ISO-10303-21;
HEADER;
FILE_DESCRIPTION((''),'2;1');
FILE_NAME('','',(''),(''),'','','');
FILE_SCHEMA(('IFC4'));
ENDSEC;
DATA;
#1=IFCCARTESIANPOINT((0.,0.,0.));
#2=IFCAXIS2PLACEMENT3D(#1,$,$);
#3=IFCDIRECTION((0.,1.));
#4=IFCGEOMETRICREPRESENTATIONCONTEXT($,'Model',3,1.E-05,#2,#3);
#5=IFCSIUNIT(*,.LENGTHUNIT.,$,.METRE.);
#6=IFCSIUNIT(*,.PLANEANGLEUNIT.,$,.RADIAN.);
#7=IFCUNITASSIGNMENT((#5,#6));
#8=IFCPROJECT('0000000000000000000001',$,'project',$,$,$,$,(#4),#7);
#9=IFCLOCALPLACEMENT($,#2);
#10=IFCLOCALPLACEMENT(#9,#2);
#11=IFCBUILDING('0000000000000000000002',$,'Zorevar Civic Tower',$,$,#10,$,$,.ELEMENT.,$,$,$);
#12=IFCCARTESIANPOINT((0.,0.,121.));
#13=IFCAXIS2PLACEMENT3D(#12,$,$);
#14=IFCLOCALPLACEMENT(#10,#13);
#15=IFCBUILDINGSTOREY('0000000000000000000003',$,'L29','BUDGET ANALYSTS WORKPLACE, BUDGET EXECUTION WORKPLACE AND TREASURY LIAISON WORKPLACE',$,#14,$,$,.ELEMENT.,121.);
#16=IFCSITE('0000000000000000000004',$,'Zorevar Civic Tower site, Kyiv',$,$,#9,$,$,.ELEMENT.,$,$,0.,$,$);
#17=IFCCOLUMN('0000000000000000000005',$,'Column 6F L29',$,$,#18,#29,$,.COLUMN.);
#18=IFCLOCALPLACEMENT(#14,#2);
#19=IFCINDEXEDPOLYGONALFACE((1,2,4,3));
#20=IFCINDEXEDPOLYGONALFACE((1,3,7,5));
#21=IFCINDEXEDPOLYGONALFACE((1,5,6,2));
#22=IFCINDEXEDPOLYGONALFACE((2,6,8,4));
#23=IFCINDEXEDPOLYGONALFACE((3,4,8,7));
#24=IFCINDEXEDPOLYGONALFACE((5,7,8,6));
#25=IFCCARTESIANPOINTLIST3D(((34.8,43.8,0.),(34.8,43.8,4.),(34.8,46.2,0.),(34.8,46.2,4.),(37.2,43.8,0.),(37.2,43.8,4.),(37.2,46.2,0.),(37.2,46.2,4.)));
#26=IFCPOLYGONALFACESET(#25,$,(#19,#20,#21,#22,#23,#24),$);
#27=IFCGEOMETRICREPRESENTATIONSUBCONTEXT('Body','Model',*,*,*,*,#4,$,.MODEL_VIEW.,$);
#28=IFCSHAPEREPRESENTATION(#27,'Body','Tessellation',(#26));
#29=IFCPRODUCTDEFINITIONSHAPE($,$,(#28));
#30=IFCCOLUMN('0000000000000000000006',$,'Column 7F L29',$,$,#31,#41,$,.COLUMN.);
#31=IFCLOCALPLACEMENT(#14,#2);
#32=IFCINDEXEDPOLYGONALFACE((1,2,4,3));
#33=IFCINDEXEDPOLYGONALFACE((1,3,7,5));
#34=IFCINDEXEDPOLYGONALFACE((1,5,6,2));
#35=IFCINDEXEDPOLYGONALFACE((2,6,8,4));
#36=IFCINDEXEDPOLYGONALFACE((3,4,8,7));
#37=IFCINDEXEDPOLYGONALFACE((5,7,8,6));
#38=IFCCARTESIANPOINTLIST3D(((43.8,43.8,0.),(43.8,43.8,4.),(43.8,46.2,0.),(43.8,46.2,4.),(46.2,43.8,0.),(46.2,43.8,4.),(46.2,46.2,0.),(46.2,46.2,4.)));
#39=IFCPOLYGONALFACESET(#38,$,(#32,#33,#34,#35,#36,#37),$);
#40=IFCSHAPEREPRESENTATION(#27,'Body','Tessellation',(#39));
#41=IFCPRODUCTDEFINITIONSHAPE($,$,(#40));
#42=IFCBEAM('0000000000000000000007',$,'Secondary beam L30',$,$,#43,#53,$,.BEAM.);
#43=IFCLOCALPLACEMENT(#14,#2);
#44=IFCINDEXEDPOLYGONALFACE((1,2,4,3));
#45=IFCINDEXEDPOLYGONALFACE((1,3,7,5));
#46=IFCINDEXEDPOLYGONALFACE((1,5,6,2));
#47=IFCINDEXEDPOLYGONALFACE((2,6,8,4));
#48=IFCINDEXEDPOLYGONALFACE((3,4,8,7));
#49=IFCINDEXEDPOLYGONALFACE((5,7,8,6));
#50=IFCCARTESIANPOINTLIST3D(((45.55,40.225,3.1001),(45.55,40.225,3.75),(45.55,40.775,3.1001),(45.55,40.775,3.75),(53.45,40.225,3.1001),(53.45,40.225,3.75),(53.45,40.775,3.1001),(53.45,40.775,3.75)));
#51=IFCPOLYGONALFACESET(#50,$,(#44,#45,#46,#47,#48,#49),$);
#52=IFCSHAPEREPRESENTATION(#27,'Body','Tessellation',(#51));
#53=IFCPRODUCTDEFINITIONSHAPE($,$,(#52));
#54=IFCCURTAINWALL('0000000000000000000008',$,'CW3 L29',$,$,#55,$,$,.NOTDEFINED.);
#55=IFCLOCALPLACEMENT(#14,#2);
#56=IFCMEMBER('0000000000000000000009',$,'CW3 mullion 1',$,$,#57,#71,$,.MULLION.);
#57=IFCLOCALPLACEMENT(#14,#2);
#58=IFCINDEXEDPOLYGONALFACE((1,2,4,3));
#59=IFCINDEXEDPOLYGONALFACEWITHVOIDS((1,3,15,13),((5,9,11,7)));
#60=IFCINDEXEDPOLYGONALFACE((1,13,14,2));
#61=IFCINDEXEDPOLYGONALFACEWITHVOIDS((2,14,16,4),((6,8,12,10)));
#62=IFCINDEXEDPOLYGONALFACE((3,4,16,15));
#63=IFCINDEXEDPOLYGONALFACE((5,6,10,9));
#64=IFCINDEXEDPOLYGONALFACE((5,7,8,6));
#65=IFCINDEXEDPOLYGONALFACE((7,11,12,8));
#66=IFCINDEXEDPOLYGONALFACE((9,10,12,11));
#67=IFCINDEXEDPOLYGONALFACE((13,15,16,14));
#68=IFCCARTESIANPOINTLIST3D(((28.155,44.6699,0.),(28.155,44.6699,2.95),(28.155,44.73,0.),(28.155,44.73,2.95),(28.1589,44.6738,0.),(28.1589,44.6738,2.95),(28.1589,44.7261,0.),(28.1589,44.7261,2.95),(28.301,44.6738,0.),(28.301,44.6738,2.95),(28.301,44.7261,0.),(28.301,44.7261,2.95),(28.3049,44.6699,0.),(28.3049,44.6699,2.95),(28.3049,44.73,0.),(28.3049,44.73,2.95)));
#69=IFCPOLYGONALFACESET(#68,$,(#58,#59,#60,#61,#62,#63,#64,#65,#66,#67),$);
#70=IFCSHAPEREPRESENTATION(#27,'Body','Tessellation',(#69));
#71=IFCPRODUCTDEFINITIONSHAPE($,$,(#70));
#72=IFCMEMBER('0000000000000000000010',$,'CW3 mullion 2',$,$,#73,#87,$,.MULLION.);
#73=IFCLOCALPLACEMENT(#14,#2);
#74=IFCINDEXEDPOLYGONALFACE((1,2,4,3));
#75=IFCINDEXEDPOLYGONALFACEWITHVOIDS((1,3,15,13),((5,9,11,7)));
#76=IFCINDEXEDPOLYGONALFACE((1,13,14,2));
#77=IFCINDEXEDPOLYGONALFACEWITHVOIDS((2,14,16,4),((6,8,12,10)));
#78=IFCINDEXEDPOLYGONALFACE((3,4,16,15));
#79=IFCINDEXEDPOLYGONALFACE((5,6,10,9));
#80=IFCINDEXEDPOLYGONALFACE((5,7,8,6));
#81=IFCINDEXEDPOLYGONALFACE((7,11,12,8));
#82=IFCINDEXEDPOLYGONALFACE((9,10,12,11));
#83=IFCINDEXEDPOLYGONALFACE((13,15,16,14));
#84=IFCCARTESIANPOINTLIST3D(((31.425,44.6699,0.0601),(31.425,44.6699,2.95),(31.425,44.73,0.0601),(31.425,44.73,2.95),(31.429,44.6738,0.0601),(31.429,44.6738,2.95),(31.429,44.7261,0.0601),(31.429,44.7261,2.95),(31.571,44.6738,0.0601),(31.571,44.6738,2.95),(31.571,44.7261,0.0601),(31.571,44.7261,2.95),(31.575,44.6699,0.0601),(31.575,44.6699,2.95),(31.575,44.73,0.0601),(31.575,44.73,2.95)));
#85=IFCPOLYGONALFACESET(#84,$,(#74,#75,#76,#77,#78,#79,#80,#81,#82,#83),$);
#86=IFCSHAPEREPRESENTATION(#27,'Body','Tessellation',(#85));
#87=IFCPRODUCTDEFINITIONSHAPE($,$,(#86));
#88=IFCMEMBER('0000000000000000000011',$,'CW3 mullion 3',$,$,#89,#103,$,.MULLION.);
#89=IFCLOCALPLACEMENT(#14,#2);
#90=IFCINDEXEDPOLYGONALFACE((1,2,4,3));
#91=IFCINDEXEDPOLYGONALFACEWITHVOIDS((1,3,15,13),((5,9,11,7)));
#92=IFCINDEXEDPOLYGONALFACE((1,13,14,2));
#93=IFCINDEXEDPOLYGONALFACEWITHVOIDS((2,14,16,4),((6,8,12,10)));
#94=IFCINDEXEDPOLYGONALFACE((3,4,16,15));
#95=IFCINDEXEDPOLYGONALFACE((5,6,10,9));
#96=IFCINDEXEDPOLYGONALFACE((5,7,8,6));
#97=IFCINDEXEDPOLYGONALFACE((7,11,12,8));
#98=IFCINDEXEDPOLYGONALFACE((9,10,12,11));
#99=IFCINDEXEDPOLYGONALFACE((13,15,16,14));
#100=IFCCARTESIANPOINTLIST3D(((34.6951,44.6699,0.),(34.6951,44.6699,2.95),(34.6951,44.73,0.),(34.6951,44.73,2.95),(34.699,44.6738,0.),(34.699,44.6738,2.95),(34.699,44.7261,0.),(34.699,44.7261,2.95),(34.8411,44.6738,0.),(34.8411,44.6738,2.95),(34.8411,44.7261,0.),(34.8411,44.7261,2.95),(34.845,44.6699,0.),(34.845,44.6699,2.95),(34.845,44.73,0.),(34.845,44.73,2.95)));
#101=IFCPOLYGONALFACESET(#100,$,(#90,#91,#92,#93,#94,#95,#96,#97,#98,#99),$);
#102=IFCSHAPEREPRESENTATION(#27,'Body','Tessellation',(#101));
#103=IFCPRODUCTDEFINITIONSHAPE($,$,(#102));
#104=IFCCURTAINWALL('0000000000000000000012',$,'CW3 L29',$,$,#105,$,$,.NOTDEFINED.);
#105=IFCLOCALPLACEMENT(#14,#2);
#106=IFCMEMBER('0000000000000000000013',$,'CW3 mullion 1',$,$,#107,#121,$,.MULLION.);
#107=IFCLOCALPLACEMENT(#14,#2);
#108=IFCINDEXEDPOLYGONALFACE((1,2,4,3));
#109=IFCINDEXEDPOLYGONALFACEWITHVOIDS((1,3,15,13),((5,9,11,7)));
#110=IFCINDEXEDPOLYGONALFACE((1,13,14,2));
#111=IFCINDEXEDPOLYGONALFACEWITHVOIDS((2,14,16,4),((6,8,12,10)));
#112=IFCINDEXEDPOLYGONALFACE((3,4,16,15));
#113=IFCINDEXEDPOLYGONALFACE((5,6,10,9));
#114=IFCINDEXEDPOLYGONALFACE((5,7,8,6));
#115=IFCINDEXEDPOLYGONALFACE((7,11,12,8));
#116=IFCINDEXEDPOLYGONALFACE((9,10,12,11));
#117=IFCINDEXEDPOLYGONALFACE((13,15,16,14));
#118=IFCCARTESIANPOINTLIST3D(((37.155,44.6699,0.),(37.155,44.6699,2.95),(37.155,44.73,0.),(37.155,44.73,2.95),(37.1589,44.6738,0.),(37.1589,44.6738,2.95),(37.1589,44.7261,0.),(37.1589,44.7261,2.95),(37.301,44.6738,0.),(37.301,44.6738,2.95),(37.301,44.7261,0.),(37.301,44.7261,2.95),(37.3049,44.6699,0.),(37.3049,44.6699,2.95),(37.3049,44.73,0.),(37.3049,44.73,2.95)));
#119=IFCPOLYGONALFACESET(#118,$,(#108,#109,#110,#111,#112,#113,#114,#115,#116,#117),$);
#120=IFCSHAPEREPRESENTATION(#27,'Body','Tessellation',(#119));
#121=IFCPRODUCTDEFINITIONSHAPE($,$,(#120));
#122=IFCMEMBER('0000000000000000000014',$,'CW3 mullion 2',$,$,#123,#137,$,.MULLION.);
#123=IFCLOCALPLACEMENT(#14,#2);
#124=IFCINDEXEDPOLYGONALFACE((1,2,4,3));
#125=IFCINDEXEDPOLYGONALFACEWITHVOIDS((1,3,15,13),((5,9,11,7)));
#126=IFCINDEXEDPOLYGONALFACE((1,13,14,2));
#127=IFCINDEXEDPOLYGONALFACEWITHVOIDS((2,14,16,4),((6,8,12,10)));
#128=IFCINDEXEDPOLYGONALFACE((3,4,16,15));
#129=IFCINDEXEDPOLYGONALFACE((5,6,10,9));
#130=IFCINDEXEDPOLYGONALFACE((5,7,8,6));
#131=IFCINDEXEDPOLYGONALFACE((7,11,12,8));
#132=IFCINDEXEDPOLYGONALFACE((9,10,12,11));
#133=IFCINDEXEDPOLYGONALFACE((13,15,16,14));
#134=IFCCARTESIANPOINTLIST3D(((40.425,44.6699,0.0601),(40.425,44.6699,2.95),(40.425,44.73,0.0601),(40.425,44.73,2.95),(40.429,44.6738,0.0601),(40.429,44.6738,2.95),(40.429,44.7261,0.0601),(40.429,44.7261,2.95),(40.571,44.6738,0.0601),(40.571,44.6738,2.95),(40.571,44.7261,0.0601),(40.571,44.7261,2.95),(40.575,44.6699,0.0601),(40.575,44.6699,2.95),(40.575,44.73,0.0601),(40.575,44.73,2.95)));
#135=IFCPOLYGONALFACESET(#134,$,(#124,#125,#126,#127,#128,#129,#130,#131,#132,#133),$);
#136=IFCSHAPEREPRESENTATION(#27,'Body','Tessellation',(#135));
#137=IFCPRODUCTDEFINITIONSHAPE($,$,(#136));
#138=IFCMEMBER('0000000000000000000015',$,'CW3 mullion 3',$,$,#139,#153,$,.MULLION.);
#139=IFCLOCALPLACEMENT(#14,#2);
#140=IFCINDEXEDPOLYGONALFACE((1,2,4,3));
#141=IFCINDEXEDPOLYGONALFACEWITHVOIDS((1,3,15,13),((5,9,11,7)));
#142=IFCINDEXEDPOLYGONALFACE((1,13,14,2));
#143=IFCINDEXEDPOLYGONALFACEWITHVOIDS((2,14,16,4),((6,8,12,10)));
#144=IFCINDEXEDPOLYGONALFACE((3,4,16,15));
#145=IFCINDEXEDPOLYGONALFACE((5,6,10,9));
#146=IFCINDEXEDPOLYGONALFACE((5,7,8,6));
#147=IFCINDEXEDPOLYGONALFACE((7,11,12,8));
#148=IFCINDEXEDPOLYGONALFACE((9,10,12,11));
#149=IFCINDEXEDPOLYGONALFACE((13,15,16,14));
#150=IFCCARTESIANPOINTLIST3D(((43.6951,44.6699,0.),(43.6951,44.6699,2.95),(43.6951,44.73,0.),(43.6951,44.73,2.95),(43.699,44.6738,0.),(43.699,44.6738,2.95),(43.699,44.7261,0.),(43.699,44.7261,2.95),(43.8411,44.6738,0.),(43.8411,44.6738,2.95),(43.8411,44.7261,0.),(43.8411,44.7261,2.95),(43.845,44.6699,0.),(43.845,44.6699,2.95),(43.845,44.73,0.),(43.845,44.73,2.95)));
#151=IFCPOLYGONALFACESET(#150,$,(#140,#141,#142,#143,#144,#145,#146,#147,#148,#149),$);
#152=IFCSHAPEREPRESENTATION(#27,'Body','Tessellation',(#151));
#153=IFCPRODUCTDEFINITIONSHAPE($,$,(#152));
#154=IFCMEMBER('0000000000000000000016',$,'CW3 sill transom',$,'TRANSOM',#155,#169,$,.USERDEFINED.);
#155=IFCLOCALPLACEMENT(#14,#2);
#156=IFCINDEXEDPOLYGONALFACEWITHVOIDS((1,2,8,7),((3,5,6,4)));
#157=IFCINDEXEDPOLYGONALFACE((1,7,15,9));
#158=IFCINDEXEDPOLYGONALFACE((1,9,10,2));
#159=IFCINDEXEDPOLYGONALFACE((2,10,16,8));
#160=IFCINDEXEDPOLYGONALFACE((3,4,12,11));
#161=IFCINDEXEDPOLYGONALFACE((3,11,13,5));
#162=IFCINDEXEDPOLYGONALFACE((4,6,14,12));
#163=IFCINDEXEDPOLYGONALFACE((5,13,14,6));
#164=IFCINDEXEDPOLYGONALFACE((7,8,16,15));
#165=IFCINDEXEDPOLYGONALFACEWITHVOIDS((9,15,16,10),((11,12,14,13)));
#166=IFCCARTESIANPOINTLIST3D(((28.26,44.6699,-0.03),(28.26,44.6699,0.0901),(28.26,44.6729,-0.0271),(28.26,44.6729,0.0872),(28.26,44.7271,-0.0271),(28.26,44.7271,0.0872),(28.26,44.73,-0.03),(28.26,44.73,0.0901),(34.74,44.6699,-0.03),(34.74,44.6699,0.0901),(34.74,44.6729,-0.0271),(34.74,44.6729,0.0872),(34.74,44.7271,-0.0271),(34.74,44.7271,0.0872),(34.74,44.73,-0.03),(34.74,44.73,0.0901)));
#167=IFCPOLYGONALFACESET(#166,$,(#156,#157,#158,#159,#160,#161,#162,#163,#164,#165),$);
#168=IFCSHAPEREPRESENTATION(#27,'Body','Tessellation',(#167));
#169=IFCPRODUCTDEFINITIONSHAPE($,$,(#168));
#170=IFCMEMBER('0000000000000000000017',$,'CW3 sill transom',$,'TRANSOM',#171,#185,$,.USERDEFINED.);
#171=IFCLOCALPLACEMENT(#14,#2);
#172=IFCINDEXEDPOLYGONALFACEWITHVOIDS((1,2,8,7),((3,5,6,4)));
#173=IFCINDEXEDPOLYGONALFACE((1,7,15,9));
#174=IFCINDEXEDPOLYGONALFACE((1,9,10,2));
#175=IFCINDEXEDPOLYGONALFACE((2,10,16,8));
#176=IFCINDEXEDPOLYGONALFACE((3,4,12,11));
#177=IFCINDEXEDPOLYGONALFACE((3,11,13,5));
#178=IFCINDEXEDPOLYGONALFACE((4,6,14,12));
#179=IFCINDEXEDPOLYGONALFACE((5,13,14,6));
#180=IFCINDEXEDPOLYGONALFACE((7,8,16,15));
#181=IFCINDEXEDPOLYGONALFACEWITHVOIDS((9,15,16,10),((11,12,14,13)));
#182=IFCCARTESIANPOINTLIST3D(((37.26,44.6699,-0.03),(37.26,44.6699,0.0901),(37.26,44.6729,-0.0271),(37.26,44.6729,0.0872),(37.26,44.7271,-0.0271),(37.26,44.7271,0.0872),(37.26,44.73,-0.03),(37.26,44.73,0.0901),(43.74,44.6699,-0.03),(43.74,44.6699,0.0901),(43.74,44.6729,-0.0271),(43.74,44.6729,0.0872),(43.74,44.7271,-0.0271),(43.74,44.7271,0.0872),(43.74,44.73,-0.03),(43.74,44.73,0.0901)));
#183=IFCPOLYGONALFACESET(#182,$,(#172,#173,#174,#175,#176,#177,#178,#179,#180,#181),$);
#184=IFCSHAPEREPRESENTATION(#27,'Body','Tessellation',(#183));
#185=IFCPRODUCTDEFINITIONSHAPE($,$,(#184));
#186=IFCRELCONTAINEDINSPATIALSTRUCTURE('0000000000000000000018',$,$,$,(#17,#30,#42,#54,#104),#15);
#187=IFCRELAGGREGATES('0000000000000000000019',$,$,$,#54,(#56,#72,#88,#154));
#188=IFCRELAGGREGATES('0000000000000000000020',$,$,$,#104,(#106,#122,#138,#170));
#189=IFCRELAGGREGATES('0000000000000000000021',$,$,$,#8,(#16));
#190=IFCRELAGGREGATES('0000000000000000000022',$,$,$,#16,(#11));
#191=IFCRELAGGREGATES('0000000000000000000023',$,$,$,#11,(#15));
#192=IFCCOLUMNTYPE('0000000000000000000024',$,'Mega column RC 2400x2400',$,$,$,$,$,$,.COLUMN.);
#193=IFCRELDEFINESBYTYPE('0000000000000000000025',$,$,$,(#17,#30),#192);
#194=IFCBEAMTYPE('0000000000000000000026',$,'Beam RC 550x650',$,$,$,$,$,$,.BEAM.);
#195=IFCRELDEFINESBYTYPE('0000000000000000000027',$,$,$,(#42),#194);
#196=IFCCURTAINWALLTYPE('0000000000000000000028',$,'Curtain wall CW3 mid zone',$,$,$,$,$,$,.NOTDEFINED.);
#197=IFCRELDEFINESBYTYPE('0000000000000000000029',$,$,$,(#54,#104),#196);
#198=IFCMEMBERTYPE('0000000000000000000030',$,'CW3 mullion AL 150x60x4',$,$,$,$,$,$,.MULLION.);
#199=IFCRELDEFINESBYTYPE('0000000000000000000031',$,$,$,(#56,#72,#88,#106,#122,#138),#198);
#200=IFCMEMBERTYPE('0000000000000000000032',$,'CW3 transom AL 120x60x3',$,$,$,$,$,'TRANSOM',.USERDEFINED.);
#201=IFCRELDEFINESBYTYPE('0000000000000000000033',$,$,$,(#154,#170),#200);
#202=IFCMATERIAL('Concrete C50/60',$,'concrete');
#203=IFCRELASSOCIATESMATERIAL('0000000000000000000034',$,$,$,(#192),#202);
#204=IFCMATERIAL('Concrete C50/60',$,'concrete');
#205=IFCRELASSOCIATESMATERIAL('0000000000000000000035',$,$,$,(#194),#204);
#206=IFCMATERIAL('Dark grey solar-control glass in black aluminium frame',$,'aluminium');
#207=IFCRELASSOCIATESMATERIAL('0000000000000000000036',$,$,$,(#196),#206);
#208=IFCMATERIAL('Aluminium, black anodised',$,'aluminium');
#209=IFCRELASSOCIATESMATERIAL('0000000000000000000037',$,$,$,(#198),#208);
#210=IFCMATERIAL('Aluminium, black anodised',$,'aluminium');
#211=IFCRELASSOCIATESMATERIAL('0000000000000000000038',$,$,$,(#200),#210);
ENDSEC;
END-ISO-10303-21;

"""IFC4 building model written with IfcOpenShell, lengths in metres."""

from ifc_helpers import new_model, si_unit, direction, frame, origin, origin_2d, place, context, subcontext, project, spatial, rectangle, hollow_rectangle, extrude, material, material_profile, profile_set, type_object, element, aggregate, save


model = new_model("IFC4")

# Units and contexts
model_context = context("Model", 3, precision=1e-05, world=origin(), true_north=direction((0.0, 1.0)))
body_context = subcontext(model_context, "Body", "Model", "MODEL_VIEW")
ifc_project = project(units=[si_unit("LENGTHUNIT", "METRE"), si_unit("PLANEANGLEUNIT", "RADIAN")], contexts=[model_context])

# Site, building, storey
site_placement = place(None, origin())
site = spatial("IfcSite", under=ifc_project, at=site_placement, Name="Zorevar Civic Tower site, Kyiv", CompositionType="ELEMENT", RefElevation=0.0)
building_placement = place(site_placement, origin())
building = spatial("IfcBuilding", under=site, at=building_placement, Name="Zorevar Civic Tower", CompositionType="ELEMENT")
storey_placement = place(building_placement, frame((0.0, 0.0, 121.0)))
storey = spatial("IfcBuildingStorey", under=building, at=storey_placement, Name="L29", Description="BUDGET ANALYSTS WORKPLACE, BUDGET EXECUTION WORKPLACE AND TREASURY LIAISON WORKPLACE", CompositionType="ELEMENT", Elevation=121.0)

# Columns
ifc_material_1 = material(Name="Concrete C50/60", Category="concrete")
ifc_material_profile_1 = material_profile(ifc_material_1, rectangle(XDim=2.3999, YDim=2.3999, at=origin_2d()), Name="RC 2400x2400")
ifc_profile_set_1 = profile_set([ifc_material_profile_1], Name="Concrete C50/60")
column_type = type_object("IfcColumnType", Name="Mega column RC 2400x2400", PredefinedType="COLUMN", material=ifc_profile_set_1)
for number, where, z_axis, x_axis, name in (
    (1, (36.0, 45.0, 0.0), (0.0, 0.0, 1.0), (1.0, 0.0, 0.0), "Column 6F L29"),
    (2, (45.0, 45.0, 0.0), (0.0, 0.0, 1.0), (1.0, 0.0, 0.0), "Column 7F L29"),
):
    element("IfcColumn", number, at=place(storey_placement, frame(where, z_axis=z_axis, x_axis=x_axis)), inside=storey, type_object=column_type, Name=name, PredefinedType="COLUMN", context=body_context, shape_type="SweptSolid", body=[
        extrude(rectangle(XDim=2.3999, YDim=2.3999, at=origin_2d()), origin(), (0.0, 0.0, 1.0), 4.0),
    ])

# Beam
ifc_material_2 = material(Name="Concrete C50/60", Category="concrete")
ifc_material_profile_2 = material_profile(ifc_material_2, rectangle(XDim=0.55, YDim=0.6499, at=origin_2d()), Name="RC 550x650")
ifc_profile_set_2 = profile_set([ifc_material_profile_2], Name="Concrete C50/60")
beam_type_1 = type_object("IfcBeamType", Name="Beam RC 550x650", PredefinedType="BEAM", material=ifc_profile_set_2)
beam_placement = place(storey_placement, frame((45.55, 40.5, 3.425), z_axis=(1.0, 0.0, 0.0), x_axis=(0.0, 1.0, 0.0)))
element("IfcBeam", 3, at=beam_placement, inside=storey, type_object=beam_type_1, Name="Secondary beam L30", PredefinedType="BEAM", context=body_context, shape_type="SweptSolid", body=[
    extrude(rectangle(XDim=0.55, YDim=0.6499, at=origin_2d()), origin(), (0.0, 0.0, 1.0), 7.8999),
])

# Curtain walls, members
ifc_material_3 = material(Name="Dark grey solar-control glass in black aluminium frame", Category="aluminium")
curtain_wall_type = type_object("IfcCurtainWallType", Name="Curtain wall CW3 mid zone", PredefinedType="NOTDEFINED", material=ifc_material_3)
curtain_wall_1_placement = place(storey_placement, origin())
curtain_wall_1 = element("IfcCurtainWall", 4, at=curtain_wall_1_placement, inside=storey, type_object=curtain_wall_type, Name="CW3 L29", PredefinedType="NOTDEFINED")
ifc_material_4 = material(Name="Aluminium, black anodised", Category="aluminium")
ifc_material_profile_3 = material_profile(ifc_material_4, hollow_rectangle(XDim=0.0601, YDim=0.1499, WallThickness=0.0039, at=origin_2d()), Name="AL 150x60x4")
ifc_profile_set_3 = profile_set([ifc_material_profile_3], Name="Aluminium, black anodised")
member_type_1 = type_object("IfcMemberType", Name="CW3 mullion AL 150x60x4", PredefinedType="MULLION", material=ifc_profile_set_3)
member_1_placement = place(storey_placement, frame((28.23, 44.7, 0.0), z_axis=(0.0, 0.0, 1.0), x_axis=(0.0, 1.0, 0.0)))
member_1 = element("IfcMember", 5, at=member_1_placement, type_object=member_type_1, Name="CW3 mullion 1", PredefinedType="MULLION", context=body_context, shape_type="SweptSolid", body=[
    extrude(hollow_rectangle(XDim=0.0601, YDim=0.1499, WallThickness=0.0039, at=origin_2d()), origin(), (0.0, 0.0, 1.0), 2.95),
])
member_2_placement = place(storey_placement, frame((31.5, 44.7, 0.0601), z_axis=(0.0, 0.0, 1.0), x_axis=(0.0, 1.0, 0.0)))
member_2 = element("IfcMember", 6, at=member_2_placement, type_object=member_type_1, Name="CW3 mullion 2", PredefinedType="MULLION", context=body_context, shape_type="SweptSolid", body=[
    extrude(hollow_rectangle(XDim=0.0601, YDim=0.1499, WallThickness=0.0039, at=origin_2d()), origin(), (0.0, 0.0, 1.0), 2.8899),
])
member_3_placement = place(storey_placement, frame((34.77, 44.7, 0.0), z_axis=(0.0, 0.0, 1.0), x_axis=(0.0, 1.0, 0.0)))
member_3 = element("IfcMember", 7, at=member_3_placement, type_object=member_type_1, Name="CW3 mullion 3", PredefinedType="MULLION", context=body_context, shape_type="SweptSolid", body=[
    extrude(hollow_rectangle(XDim=0.0601, YDim=0.1499, WallThickness=0.0039, at=origin_2d()), origin(), (0.0, 0.0, 1.0), 2.95),
])
curtain_wall_2_placement = place(storey_placement, origin())
curtain_wall_2 = element("IfcCurtainWall", 8, at=curtain_wall_2_placement, inside=storey, type_object=curtain_wall_type, Name="CW3 L29", PredefinedType="NOTDEFINED")
member_4_placement = place(storey_placement, frame((37.23, 44.7, 0.0), z_axis=(0.0, 0.0, 1.0), x_axis=(0.0, 1.0, 0.0)))
member_4 = element("IfcMember", 9, at=member_4_placement, type_object=member_type_1, Name="CW3 mullion 1", PredefinedType="MULLION", context=body_context, shape_type="SweptSolid", body=[
    extrude(hollow_rectangle(XDim=0.0601, YDim=0.1499, WallThickness=0.0039, at=origin_2d()), origin(), (0.0, 0.0, 1.0), 2.95),
])
member_5_placement = place(storey_placement, frame((40.5, 44.7, 0.0601), z_axis=(0.0, 0.0, 1.0), x_axis=(0.0, 1.0, 0.0)))
member_5 = element("IfcMember", 10, at=member_5_placement, type_object=member_type_1, Name="CW3 mullion 2", PredefinedType="MULLION", context=body_context, shape_type="SweptSolid", body=[
    extrude(hollow_rectangle(XDim=0.0601, YDim=0.1499, WallThickness=0.0039, at=origin_2d()), origin(), (0.0, 0.0, 1.0), 2.8899),
])
member_6_placement = place(storey_placement, frame((43.77, 44.7, 0.0), z_axis=(0.0, 0.0, 1.0), x_axis=(0.0, 1.0, 0.0)))
member_6 = element("IfcMember", 11, at=member_6_placement, type_object=member_type_1, Name="CW3 mullion 3", PredefinedType="MULLION", context=body_context, shape_type="SweptSolid", body=[
    extrude(hollow_rectangle(XDim=0.0601, YDim=0.1499, WallThickness=0.0039, at=origin_2d()), origin(), (0.0, 0.0, 1.0), 2.95),
])

# Members
ifc_material_5 = material(Name="Aluminium, black anodised", Category="aluminium")
ifc_material_profile_4 = material_profile(ifc_material_5, hollow_rectangle(XDim=0.0601, YDim=0.1201, WallThickness=0.0029, at=origin_2d()), Name="AL 120x60x3")
ifc_profile_set_4 = profile_set([ifc_material_profile_4], Name="Aluminium, black anodised")
member_type_2 = type_object("IfcMemberType", Name="CW3 transom AL 120x60x3", ElementType="TRANSOM", PredefinedType="USERDEFINED", material=ifc_profile_set_4)
member_7_placement = place(storey_placement, frame((28.26, 44.7, 0.03), z_axis=(1.0, 0.0, 0.0), x_axis=(0.0, 1.0, 0.0)))
member_7 = element("IfcMember", 12, at=member_7_placement, type_object=member_type_2, Name="CW3 sill transom", ObjectType="TRANSOM", PredefinedType="USERDEFINED", context=body_context, shape_type="SweptSolid", body=[
    extrude(hollow_rectangle(XDim=0.0601, YDim=0.1201, WallThickness=0.0029, at=origin_2d()), origin(), (0.0, 0.0, 1.0), 6.48),
])
member_8_placement = place(storey_placement, frame((37.26, 44.7, 0.03), z_axis=(1.0, 0.0, 0.0), x_axis=(0.0, 1.0, 0.0)))
member_8 = element("IfcMember", 13, at=member_8_placement, type_object=member_type_2, Name="CW3 sill transom", ObjectType="TRANSOM", PredefinedType="USERDEFINED", context=body_context, shape_type="SweptSolid", body=[
    extrude(hollow_rectangle(XDim=0.0601, YDim=0.1201, WallThickness=0.0029, at=origin_2d()), origin(), (0.0, 0.0, 1.0), 6.48),
])

aggregate(curtain_wall_1, [member_1, member_2, member_3, member_7])
aggregate(curtain_wall_2, [member_4, member_5, member_6, member_8])

save(model, "model.ifc")
